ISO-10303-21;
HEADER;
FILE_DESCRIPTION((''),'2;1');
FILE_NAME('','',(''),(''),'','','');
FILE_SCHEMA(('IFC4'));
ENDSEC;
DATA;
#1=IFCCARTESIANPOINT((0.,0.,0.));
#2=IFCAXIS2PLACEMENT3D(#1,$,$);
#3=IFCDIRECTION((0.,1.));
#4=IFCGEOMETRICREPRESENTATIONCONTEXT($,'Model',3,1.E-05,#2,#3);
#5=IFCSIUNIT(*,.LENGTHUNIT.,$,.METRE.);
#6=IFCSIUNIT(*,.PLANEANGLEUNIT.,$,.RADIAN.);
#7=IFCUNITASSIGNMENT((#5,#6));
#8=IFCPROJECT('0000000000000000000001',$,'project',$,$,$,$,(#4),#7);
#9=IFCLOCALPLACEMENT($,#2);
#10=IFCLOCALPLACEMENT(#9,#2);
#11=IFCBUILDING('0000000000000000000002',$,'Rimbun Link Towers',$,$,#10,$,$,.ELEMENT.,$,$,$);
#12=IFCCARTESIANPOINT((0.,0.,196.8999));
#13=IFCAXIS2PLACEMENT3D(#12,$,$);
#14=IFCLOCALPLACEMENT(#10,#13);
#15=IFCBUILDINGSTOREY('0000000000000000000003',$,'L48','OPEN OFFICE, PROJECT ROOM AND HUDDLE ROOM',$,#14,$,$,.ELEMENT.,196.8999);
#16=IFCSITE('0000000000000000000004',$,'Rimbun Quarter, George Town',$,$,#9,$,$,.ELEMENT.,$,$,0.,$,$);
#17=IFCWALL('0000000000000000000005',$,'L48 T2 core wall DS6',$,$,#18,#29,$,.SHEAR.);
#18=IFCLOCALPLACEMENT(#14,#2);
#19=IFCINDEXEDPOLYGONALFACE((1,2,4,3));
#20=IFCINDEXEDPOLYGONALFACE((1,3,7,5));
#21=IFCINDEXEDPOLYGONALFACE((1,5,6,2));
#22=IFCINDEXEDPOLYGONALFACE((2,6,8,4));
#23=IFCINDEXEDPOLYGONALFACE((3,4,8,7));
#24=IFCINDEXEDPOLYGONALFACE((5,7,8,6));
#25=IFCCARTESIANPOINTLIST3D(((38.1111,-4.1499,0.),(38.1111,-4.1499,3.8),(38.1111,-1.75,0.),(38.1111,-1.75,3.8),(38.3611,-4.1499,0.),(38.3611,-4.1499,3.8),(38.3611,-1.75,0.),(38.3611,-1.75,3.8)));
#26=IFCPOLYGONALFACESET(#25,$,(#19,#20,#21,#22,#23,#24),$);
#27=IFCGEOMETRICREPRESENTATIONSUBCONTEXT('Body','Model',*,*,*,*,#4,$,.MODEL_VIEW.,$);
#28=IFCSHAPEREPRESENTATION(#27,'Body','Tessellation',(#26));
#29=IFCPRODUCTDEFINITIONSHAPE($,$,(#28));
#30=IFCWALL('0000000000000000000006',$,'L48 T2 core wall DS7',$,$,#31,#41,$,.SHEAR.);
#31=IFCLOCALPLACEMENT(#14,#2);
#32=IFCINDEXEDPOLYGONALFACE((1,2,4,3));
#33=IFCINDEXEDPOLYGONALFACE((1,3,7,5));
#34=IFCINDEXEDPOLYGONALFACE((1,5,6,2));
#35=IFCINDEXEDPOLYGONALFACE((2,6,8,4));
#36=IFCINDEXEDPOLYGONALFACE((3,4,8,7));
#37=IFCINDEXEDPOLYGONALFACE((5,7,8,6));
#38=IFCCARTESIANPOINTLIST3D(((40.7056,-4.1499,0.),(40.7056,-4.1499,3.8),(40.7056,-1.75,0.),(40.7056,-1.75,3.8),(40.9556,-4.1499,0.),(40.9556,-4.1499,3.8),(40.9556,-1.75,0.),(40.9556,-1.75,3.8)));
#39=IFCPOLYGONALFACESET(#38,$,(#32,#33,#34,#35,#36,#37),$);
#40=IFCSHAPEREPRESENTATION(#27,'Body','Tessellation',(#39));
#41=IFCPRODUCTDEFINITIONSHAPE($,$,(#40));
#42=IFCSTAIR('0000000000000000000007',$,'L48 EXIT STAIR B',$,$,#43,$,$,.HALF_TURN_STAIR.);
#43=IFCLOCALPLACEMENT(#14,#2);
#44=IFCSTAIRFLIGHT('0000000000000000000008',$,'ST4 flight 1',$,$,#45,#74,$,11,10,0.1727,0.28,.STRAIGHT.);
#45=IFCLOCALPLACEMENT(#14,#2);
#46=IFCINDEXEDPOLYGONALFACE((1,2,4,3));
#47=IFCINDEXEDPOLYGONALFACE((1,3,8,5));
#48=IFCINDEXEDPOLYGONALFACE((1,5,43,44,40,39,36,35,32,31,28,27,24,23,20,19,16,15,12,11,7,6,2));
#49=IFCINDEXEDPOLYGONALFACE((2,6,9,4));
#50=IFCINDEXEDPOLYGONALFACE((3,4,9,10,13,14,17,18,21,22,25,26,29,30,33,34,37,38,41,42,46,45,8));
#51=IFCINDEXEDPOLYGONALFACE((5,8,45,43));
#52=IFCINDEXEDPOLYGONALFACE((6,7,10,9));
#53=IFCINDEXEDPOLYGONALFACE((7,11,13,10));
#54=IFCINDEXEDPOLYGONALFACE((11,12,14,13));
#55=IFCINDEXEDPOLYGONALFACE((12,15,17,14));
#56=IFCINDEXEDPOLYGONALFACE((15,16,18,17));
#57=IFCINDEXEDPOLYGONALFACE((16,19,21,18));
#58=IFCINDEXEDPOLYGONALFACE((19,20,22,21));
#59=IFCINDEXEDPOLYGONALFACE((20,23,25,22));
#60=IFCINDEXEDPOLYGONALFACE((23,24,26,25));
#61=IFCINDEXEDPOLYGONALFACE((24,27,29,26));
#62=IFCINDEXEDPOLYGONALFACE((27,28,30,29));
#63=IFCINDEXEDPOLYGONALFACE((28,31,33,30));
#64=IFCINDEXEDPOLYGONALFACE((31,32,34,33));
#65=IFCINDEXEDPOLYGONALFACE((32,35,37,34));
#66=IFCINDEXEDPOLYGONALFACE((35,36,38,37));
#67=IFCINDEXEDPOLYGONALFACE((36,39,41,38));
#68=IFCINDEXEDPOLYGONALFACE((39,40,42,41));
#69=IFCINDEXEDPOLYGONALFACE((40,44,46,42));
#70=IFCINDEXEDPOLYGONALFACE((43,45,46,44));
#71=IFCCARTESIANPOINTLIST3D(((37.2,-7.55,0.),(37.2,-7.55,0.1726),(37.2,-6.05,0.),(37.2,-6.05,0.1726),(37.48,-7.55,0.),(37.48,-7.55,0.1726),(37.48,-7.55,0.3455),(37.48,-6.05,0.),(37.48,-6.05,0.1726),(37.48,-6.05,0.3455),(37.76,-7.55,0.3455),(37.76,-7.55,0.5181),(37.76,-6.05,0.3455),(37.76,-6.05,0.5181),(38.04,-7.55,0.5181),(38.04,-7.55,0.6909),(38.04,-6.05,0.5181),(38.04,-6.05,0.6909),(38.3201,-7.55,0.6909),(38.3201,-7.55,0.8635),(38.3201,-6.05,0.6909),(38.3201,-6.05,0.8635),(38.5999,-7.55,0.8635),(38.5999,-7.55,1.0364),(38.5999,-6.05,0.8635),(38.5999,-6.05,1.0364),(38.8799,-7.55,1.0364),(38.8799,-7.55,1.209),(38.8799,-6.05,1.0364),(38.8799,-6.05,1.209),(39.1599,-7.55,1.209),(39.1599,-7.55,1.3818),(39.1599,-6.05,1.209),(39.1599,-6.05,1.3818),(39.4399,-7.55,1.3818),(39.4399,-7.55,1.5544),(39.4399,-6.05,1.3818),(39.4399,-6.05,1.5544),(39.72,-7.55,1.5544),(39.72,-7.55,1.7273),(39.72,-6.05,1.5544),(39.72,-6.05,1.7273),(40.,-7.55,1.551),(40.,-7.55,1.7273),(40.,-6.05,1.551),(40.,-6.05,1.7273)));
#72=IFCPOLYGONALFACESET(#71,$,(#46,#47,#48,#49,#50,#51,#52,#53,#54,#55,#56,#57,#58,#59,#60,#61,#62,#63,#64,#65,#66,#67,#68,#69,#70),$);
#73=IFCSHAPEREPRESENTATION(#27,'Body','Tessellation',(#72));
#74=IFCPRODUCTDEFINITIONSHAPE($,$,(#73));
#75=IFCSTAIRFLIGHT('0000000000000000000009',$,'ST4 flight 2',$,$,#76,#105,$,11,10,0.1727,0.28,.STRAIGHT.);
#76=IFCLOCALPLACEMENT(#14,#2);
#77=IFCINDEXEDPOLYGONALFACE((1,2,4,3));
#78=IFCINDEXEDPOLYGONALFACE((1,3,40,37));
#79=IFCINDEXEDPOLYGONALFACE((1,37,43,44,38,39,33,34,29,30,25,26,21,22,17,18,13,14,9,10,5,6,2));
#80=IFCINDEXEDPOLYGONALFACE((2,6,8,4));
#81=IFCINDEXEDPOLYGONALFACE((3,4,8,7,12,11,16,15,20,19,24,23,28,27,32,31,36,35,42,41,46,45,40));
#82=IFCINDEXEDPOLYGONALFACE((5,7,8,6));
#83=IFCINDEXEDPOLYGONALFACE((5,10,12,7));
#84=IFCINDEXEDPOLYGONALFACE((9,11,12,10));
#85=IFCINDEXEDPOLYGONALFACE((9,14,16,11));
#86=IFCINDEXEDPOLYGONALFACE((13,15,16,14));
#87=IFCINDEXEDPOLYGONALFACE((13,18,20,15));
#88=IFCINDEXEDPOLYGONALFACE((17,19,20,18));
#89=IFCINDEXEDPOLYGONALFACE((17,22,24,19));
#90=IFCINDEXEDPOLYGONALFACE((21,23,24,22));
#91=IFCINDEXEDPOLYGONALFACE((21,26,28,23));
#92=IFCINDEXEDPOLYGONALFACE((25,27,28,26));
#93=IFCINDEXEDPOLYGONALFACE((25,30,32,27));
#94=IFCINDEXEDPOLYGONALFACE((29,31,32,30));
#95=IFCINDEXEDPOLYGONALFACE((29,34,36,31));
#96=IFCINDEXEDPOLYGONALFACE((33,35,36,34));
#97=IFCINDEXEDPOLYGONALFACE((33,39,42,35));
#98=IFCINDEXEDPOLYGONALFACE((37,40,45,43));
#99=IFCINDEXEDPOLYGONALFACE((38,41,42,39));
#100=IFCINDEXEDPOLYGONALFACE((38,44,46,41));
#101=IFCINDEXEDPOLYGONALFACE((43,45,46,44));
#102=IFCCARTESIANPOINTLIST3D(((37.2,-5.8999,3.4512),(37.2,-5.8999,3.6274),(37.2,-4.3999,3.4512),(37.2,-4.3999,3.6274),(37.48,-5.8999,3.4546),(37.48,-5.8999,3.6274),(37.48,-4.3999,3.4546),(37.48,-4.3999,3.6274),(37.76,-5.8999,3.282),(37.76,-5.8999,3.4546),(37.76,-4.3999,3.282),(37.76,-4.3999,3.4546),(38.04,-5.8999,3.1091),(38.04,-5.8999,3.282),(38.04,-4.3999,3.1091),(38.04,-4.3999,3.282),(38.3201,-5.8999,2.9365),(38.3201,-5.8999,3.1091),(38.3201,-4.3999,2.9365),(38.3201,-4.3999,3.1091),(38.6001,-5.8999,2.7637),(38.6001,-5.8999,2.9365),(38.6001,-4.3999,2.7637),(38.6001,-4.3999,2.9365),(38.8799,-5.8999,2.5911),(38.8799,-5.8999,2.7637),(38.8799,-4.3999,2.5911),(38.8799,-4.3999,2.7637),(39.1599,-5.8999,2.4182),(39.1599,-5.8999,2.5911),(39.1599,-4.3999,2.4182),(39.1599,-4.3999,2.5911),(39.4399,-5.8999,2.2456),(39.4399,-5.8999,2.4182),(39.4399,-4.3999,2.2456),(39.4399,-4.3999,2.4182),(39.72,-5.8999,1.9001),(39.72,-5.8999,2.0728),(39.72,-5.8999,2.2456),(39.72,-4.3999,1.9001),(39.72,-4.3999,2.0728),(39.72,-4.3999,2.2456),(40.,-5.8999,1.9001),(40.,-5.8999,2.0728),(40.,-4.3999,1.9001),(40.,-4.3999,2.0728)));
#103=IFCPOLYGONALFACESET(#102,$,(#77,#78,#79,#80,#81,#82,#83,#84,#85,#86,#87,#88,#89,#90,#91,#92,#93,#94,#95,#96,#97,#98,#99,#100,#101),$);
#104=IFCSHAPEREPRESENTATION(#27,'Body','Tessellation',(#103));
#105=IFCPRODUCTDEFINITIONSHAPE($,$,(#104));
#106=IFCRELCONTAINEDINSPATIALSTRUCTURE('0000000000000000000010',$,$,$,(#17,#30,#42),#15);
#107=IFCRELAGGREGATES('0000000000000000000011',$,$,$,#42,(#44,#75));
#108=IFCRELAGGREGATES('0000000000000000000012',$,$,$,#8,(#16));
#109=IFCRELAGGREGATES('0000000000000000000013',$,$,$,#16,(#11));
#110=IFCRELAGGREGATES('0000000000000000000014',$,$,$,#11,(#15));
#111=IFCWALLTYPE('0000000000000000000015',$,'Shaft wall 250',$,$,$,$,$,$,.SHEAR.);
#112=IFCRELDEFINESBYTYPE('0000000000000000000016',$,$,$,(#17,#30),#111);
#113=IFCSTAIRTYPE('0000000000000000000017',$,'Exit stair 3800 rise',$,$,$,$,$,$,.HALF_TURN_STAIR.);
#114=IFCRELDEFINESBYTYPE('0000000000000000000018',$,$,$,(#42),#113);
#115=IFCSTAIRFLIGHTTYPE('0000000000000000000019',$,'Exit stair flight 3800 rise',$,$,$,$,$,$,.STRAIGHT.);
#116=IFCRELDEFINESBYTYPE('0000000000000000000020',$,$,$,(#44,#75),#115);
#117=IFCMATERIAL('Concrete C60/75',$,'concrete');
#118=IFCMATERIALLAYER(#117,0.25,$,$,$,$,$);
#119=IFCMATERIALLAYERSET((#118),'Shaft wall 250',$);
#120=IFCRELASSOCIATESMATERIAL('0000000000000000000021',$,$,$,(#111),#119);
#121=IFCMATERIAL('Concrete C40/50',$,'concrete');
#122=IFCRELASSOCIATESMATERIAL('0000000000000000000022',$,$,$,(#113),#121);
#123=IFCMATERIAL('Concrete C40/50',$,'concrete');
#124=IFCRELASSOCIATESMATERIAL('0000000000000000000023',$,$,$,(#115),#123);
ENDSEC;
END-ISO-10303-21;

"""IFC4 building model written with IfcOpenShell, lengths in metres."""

from ifc_helpers import new_model, si_unit, direction, frame, frame_2d, origin, place, context, subcontext, project, spatial, polyline, rectangle, outline, extrude, material, layer, layer_set, type_object, element, aggregate, save


model = new_model("IFC4")

# Units and contexts
model_context = context("Model", 3, precision=1e-05, world=origin(), true_north=direction((0.0, 1.0)))
body_context = subcontext(model_context, "Body", "Model", "MODEL_VIEW")
ifc_project = project(units=[si_unit("LENGTHUNIT", "METRE"), si_unit("PLANEANGLEUNIT", "RADIAN")], contexts=[model_context])

# Site, building, storey
site_placement = place(None, origin())
site = spatial("IfcSite", under=ifc_project, at=site_placement, Name="Rimbun Quarter, George Town", CompositionType="ELEMENT", RefElevation=0.0)
building_placement = place(site_placement, origin())
building = spatial("IfcBuilding", under=site, at=building_placement, Name="Rimbun Link Towers", CompositionType="ELEMENT")
storey_placement = place(building_placement, frame((0.0, 0.0, 196.8999)))
storey = spatial("IfcBuildingStorey", under=building, at=storey_placement, Name="L48", Description="OPEN OFFICE, PROJECT ROOM AND HUDDLE ROOM", CompositionType="ELEMENT", Elevation=196.8999)

# Walls
ifc_material_1 = material(Name="Concrete C60/75", Category="concrete")
ifc_layer_1 = layer(ifc_material_1, 0.25)
ifc_layer_set_1 = layer_set([ifc_layer_1], Name="Shaft wall 250")
wall_type_1 = type_object("IfcWallType", Name="Shaft wall 250", PredefinedType="SHEAR", material=ifc_layer_set_1)
for number, where, z_axis, x_axis, name in (
    (1, (38.2361, -4.1499, 0.0), (0.0, 0.0, 1.0), (0.0, 1.0, 0.0), "L48 T2 core wall DS6"),
    (2, (40.8306, -4.1499, 0.0), (0.0, 0.0, 1.0), (0.0, 1.0, 0.0), "L48 T2 core wall DS7"),
):
    element("IfcWall", number, at=place(storey_placement, frame(where, z_axis=z_axis, x_axis=x_axis)), inside=storey, type_object=wall_type_1, Name=name, PredefinedType="SHEAR", context=body_context, shape_type="SweptSolid", body=[
        extrude(rectangle(XDim=2.3999, YDim=0.25, at=frame_2d((1.2, 0.0))), origin(), (0.0, 0.0, 1.0), 3.8),
    ])

# Stair, stair flights
ifc_material_2 = material(Name="Concrete C40/50", Category="concrete")
stair_type = type_object("IfcStairType", Name="Exit stair 3800 rise", PredefinedType="HALF_TURN_STAIR", material=ifc_material_2)
stair_placement = place(storey_placement, origin())
stair = element("IfcStair", 3, at=stair_placement, inside=storey, type_object=stair_type, Name="L48 EXIT STAIR B", PredefinedType="HALF_TURN_STAIR")
ifc_material_3 = material(Name="Concrete C40/50", Category="concrete")
stair_flight_type = type_object("IfcStairFlightType", Name="Exit stair flight 3800 rise", PredefinedType="STRAIGHT", material=ifc_material_3)
stair_flight_1_placement = place(storey_placement, frame((37.2, -6.8, 0.0), z_axis=(0.0, 0.0, 1.0), x_axis=(1.0, 0.0, 0.0)))
stair_flight_1 = element("IfcStairFlight", 4, at=stair_flight_1_placement, type_object=stair_flight_type, Name="ST4 flight 1", NumberOfRisers=11, NumberOfTreads=10, PredefinedType="STRAIGHT", RiserHeight=0.1727, TreadLength=0.28, context=body_context, shape_type="SweptSolid", body=[
    extrude(outline(polyline([(0.0, 0.0), (0.0, 0.1726), (0.28, 0.1726), (0.28, 0.3455), (0.5601, 0.3455), (0.5601, 0.5181), (0.8401, 0.5181), (0.8401, 0.6909), (1.1201, 0.6909), (1.1201, 0.8635), (1.3999, 0.8635), (1.3999, 1.0364), (1.6799, 1.0364), (1.6799, 1.209), (1.96, 1.209), (1.96, 1.3818), (2.24, 1.3818), (2.24, 1.5544), (2.52, 1.5544), (2.52, 1.7273), (2.8, 1.7273), (2.8, 1.8999), (2.8, 1.551), (0.28, 0.0), (0.0, 0.0)])), frame((0.0, 0.75, 0.0), z_axis=(0.0, -1.0, 0.0), x_axis=(1.0, 0.0, 0.0)), (0.0, 0.0, 1.0), 1.5),
])
stair_flight_2_placement = place(storey_placement, frame((40.0, -5.1499, 1.9001), z_axis=(0.0, 0.0, 1.0), x_axis=(-1.0, 0.0, 0.0)))
stair_flight_2 = element("IfcStairFlight", 5, at=stair_flight_2_placement, type_object=stair_flight_type, Name="ST4 flight 2", NumberOfRisers=11, NumberOfTreads=10, PredefinedType="STRAIGHT", RiserHeight=0.1727, TreadLength=0.28, context=body_context, shape_type="SweptSolid", body=[
    extrude(outline(polyline([(0.0, 0.0), (0.0, 0.1726), (0.28, 0.1726), (0.28, 0.3455), (0.5601, 0.3455), (0.5601, 0.5181), (0.8401, 0.5181), (0.8401, 0.6909), (1.1201, 0.6909), (1.1201, 0.8635), (1.3999, 0.8635), (1.3999, 1.0364), (1.6799, 1.0364), (1.6799, 1.209), (1.96, 1.209), (1.96, 1.3818), (2.24, 1.3818), (2.24, 1.5544), (2.52, 1.5544), (2.52, 1.7273), (2.8, 1.7273), (2.8, 1.8999), (2.8, 1.551), (0.28, 0.0), (0.0, 0.0)])), frame((0.0, 0.75, 0.0), z_axis=(0.0, -1.0, 0.0), x_axis=(1.0, 0.0, 0.0)), (0.0, 0.0, 1.0), 1.5),
])
aggregate(stair, [stair_flight_1, stair_flight_2])

save(model, "model.ifc")
